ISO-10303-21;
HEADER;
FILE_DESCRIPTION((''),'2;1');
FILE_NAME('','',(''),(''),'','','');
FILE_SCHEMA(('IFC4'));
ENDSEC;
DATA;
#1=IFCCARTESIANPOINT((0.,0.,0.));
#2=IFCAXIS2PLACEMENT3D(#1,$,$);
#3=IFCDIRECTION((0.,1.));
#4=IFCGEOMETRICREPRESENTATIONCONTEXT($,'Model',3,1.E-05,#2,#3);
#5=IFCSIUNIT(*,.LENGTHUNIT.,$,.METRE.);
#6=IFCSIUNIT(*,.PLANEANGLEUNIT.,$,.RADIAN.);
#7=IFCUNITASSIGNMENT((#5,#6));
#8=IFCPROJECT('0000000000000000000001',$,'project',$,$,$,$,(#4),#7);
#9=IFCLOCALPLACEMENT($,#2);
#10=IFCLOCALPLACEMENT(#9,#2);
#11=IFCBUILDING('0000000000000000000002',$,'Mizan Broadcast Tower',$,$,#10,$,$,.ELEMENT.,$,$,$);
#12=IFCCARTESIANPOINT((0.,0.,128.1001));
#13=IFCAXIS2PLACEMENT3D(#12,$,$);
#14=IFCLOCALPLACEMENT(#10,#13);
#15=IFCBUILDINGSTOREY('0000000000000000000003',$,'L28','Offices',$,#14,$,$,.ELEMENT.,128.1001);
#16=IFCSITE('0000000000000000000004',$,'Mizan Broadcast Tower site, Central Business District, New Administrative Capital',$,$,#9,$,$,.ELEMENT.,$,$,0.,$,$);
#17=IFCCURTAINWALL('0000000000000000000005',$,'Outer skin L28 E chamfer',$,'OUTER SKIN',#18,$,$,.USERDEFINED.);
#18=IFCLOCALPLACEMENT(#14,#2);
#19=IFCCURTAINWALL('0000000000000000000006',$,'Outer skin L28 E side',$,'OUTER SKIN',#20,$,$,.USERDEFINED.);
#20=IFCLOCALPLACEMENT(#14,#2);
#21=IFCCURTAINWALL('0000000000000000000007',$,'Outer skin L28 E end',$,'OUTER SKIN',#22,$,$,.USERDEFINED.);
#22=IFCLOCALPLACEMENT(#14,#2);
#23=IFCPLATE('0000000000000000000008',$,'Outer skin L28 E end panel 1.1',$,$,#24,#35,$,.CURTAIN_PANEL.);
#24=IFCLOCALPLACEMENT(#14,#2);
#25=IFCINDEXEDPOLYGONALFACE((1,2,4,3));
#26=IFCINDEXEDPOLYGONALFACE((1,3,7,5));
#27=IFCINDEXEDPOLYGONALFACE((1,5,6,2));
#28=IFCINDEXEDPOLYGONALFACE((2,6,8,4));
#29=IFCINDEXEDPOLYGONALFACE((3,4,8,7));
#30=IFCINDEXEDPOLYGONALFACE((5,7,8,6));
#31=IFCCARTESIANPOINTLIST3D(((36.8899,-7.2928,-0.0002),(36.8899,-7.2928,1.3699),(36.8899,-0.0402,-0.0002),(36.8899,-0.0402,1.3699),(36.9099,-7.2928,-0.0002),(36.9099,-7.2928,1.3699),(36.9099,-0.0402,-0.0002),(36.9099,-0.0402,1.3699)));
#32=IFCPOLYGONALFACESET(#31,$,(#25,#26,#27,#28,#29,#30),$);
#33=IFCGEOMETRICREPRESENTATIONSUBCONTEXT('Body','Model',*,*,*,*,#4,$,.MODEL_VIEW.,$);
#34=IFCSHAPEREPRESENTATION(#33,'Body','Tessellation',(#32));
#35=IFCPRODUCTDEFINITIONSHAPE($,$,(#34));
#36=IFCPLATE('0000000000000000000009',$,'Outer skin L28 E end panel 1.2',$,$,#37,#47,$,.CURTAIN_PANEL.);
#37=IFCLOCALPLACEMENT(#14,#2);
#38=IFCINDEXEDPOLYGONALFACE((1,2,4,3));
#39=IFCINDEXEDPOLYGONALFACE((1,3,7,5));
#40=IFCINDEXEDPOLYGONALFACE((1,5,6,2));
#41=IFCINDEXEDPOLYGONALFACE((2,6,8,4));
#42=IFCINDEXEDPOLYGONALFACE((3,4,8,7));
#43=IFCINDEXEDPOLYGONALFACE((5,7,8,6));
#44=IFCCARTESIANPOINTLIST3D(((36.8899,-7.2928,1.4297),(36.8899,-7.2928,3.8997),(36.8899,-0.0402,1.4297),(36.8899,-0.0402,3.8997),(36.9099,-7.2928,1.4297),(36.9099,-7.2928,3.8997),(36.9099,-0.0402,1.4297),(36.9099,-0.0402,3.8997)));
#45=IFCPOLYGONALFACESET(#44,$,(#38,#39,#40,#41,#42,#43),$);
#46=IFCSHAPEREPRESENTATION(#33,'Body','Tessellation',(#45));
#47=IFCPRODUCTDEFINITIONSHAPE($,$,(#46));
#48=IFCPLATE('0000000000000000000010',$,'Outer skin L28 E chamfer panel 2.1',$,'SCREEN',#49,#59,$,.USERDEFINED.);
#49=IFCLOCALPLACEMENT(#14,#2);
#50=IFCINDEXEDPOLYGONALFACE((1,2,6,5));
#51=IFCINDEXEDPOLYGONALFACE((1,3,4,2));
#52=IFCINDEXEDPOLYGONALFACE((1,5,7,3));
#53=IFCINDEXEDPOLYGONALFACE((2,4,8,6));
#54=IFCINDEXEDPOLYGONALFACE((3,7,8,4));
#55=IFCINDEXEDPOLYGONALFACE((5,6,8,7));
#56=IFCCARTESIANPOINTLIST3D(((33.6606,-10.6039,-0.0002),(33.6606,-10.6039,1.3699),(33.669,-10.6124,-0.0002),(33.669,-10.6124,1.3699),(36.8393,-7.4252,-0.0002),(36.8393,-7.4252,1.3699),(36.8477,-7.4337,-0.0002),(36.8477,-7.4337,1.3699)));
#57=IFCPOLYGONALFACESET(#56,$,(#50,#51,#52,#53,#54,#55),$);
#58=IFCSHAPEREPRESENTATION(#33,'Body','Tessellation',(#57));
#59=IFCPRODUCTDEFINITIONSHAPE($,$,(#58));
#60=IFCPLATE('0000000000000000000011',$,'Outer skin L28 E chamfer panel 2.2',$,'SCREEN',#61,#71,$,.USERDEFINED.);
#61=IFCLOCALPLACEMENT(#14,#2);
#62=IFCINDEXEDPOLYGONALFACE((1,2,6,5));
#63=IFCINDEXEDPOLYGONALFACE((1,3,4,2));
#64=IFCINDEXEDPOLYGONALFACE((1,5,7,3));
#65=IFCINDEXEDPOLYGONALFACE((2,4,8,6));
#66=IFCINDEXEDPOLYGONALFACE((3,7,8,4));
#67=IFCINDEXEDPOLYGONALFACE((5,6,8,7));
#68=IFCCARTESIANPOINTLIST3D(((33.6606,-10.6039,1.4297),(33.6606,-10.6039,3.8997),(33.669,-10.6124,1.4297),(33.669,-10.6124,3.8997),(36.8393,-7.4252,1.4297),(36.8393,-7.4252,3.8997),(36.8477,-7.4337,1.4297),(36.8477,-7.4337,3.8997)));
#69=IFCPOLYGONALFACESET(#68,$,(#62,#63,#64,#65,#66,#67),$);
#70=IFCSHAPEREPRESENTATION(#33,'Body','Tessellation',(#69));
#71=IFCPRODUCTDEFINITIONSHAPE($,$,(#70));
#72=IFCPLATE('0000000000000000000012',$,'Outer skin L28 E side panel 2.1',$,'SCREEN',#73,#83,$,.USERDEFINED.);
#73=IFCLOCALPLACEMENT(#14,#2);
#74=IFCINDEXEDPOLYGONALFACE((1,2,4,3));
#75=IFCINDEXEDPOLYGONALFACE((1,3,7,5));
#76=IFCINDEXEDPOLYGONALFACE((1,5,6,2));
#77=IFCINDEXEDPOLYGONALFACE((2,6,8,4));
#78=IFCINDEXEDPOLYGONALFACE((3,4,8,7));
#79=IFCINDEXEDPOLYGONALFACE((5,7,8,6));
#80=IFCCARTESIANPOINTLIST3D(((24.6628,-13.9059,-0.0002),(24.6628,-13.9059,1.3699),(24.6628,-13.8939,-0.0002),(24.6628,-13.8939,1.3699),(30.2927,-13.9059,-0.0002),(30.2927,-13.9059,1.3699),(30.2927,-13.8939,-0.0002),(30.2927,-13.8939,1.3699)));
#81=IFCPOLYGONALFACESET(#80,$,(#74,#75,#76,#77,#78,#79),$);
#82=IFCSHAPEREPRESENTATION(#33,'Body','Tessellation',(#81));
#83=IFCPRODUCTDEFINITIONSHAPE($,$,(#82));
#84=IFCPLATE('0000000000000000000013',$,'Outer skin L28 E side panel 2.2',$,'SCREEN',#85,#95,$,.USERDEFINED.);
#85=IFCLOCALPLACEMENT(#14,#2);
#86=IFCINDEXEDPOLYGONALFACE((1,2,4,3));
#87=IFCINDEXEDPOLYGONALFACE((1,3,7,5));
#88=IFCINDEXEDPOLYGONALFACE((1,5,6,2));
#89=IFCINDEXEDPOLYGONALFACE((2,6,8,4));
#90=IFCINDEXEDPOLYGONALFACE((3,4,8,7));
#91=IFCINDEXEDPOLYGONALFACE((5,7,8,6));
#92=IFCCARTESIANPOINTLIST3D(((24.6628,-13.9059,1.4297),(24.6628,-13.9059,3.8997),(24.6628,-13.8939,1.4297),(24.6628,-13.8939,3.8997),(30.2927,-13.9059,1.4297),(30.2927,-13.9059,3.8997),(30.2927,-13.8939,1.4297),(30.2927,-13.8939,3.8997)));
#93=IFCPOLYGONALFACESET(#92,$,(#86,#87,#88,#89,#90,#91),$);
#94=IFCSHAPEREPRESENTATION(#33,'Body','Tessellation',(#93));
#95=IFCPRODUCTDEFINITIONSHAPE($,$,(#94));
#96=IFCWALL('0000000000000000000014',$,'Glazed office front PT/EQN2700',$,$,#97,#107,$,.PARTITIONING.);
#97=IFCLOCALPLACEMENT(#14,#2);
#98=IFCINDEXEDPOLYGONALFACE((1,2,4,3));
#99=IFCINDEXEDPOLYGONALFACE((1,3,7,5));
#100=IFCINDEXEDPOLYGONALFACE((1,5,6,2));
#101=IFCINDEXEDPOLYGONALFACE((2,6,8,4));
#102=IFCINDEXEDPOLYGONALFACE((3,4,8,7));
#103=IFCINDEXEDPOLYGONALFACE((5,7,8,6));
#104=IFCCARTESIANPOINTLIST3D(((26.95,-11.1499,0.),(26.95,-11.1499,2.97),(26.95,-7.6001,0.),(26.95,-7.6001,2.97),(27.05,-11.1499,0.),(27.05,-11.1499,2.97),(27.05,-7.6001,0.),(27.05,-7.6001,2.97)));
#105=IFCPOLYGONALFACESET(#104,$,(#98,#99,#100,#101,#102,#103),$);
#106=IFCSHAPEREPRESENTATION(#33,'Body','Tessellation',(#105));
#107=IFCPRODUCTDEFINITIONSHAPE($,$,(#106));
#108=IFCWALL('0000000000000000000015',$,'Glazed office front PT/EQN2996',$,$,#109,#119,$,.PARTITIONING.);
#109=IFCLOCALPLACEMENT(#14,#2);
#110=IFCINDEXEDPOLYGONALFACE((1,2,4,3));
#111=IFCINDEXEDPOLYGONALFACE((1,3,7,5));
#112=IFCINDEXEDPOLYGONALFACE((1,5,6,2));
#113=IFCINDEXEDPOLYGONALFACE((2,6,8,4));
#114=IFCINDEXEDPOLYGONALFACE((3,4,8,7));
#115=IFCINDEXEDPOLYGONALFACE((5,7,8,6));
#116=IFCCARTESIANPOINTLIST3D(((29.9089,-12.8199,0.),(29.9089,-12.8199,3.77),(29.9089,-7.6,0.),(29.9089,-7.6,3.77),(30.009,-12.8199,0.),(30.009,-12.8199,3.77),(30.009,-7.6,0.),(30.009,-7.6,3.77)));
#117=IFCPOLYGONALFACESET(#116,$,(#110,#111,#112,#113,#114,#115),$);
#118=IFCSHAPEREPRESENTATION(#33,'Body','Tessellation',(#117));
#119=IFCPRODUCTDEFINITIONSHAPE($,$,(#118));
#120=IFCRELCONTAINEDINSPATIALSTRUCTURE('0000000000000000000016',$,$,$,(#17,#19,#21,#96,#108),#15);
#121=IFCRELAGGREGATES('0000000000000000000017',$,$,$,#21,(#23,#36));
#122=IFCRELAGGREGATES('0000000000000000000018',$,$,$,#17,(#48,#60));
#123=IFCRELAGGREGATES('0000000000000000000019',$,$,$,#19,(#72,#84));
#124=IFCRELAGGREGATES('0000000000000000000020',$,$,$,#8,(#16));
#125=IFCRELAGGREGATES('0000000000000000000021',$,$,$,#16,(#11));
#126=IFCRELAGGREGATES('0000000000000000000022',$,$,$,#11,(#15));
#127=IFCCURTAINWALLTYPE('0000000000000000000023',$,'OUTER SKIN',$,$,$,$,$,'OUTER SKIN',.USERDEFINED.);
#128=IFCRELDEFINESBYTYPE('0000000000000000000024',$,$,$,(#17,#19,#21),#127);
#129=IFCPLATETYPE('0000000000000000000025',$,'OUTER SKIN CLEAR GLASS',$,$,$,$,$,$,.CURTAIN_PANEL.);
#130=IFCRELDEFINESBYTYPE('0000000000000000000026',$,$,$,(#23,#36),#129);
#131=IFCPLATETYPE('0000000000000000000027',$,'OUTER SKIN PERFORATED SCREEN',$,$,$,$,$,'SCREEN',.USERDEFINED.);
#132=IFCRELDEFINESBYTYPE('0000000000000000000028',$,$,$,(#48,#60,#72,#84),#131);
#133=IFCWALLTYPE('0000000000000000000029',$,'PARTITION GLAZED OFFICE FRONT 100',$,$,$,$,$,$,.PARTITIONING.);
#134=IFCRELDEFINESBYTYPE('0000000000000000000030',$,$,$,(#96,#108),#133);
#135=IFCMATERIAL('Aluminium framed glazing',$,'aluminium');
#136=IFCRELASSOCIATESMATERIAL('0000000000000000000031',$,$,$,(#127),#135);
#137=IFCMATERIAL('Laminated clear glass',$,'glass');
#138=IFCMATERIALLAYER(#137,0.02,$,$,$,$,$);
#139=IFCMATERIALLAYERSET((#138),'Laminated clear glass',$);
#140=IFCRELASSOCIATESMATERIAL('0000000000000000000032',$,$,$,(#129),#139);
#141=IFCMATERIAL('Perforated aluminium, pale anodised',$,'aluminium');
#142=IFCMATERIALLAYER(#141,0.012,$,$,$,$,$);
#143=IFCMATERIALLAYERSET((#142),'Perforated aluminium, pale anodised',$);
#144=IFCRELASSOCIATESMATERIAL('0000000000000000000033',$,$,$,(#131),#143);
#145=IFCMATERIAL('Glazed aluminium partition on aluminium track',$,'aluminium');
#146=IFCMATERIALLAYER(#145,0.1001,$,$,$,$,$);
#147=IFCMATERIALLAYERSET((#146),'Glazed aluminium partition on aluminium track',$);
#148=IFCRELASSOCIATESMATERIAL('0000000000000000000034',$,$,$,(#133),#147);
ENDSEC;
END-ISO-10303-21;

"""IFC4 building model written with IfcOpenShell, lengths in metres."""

from ifc_helpers import new_model, si_unit, direction, frame, frame_2d, origin, origin_2d, place, context, subcontext, project, spatial, rectangle, extrude, material, layer, layer_set, type_object, element, aggregate, save


model = new_model("IFC4")

# Units and contexts
model_context = context("Model", 3, precision=1e-05, world=origin(), true_north=direction((0.0, 1.0)))
body_context = subcontext(model_context, "Body", "Model", "MODEL_VIEW")
ifc_project = project(units=[si_unit("LENGTHUNIT", "METRE"), si_unit("PLANEANGLEUNIT", "RADIAN")], contexts=[model_context])

# Site, building, storey
site_placement = place(None, origin())
site = spatial("IfcSite", under=ifc_project, at=site_placement, Name="Mizan Broadcast Tower site, Central Business District, New Administrative Capital", CompositionType="ELEMENT", RefElevation=0.0)
building_placement = place(site_placement, origin())
building = spatial("IfcBuilding", under=site, at=building_placement, Name="Mizan Broadcast Tower", CompositionType="ELEMENT")
storey_placement = place(building_placement, frame((0.0, 0.0, 128.1001)))
storey = spatial("IfcBuildingStorey", under=building, at=storey_placement, Name="L28", Description="Offices", CompositionType="ELEMENT", Elevation=128.1001)

# Curtain wall
ifc_material_1 = material(Name="Aluminium framed glazing", Category="aluminium")
curtain_wall_type_1 = type_object("IfcCurtainWallType", Name="OUTER SKIN", ElementType="OUTER SKIN", PredefinedType="USERDEFINED", material=ifc_material_1)
curtain_wall_1_placement = place(storey_placement, origin())
curtain_wall_1 = element("IfcCurtainWall", 1, at=curtain_wall_1_placement, inside=storey, type_object=curtain_wall_type_1, Name="Outer skin L28 E chamfer", ObjectType="OUTER SKIN", PredefinedType="USERDEFINED")

# Curtain wall
curtain_wall_2_placement = place(storey_placement, origin())
curtain_wall_2 = element("IfcCurtainWall", 2, at=curtain_wall_2_placement, inside=storey, type_object=curtain_wall_type_1, Name="Outer skin L28 E side", ObjectType="OUTER SKIN", PredefinedType="USERDEFINED")

# Curtain wall
curtain_wall_3_placement = place(storey_placement, origin())
curtain_wall_3 = element("IfcCurtainWall", 3, at=curtain_wall_3_placement, inside=storey, type_object=curtain_wall_type_1, Name="Outer skin L28 E end", ObjectType="OUTER SKIN", PredefinedType="USERDEFINED")

# Plates
ifc_material_2 = material(Name="Laminated clear glass", Category="glass")
ifc_layer_1 = layer(ifc_material_2, 0.02)
ifc_layer_set_1 = layer_set([ifc_layer_1], Name="Laminated clear glass")
plate_type_1 = type_object("IfcPlateType", Name="OUTER SKIN CLEAR GLASS", PredefinedType="CURTAIN_PANEL", material=ifc_layer_set_1)
plate_1_placement = place(storey_placement, frame((36.8999, -3.6665, -0.0002), z_axis=(0.0, 0.0, 1.0), x_axis=(0.0, 1.0, 0.0)))
plate_1 = element("IfcPlate", 4, at=plate_1_placement, type_object=plate_type_1, Name="Outer skin L28 E end panel 1.1", PredefinedType="CURTAIN_PANEL", context=body_context, shape_type="SweptSolid", body=[
    extrude(rectangle(XDim=7.2527, YDim=0.02, at=origin_2d()), origin(), (0.0, 0.0, 1.0), 1.3701),
])
plate_2_placement = place(storey_placement, frame((36.8999, -3.6665, 1.4297), z_axis=(0.0, 0.0, 1.0), x_axis=(0.0, 1.0, 0.0)))
plate_2 = element("IfcPlate", 5, at=plate_2_placement, type_object=plate_type_1, Name="Outer skin L28 E end panel 1.2", PredefinedType="CURTAIN_PANEL", context=body_context, shape_type="SweptSolid", body=[
    extrude(rectangle(XDim=7.2527, YDim=0.02, at=origin_2d()), origin(), (0.0, 0.0, 1.0), 2.47),
])
aggregate(curtain_wall_3, [plate_1, plate_2])
ifc_material_3 = material(Name="Perforated aluminium, pale anodised", Category="aluminium")
ifc_layer_2 = layer(ifc_material_3, 0.012)
ifc_layer_set_2 = layer_set([ifc_layer_2], Name="Perforated aluminium, pale anodised")
plate_type_2 = type_object("IfcPlateType", Name="OUTER SKIN PERFORATED SCREEN", ElementType="SCREEN", PredefinedType="USERDEFINED", material=ifc_layer_set_2)
plate_3_placement = place(storey_placement, frame((35.2542, -9.0188, -0.0002), z_axis=(0.0, 0.0, 1.0), x_axis=(0.707107, 0.707107, 0.0)))
plate_3 = element("IfcPlate", 6, at=plate_3_placement, type_object=plate_type_2, Name="Outer skin L28 E chamfer panel 2.1", ObjectType="SCREEN", PredefinedType="USERDEFINED", context=body_context, shape_type="SweptSolid", body=[
    extrude(rectangle(XDim=4.4954, YDim=0.012, at=origin_2d()), origin(), (0.0, 0.0, 1.0), 1.3701),
])
plate_4_placement = place(storey_placement, frame((35.2542, -9.0188, 1.4297), z_axis=(0.0, 0.0, 1.0), x_axis=(0.707107, 0.707107, 0.0)))
plate_4 = element("IfcPlate", 7, at=plate_4_placement, type_object=plate_type_2, Name="Outer skin L28 E chamfer panel 2.2", ObjectType="SCREEN", PredefinedType="USERDEFINED", context=body_context, shape_type="SweptSolid", body=[
    extrude(rectangle(XDim=4.4954, YDim=0.012, at=origin_2d()), origin(), (0.0, 0.0, 1.0), 2.47),
])
aggregate(curtain_wall_1, [plate_3, plate_4])
plate_5_placement = place(storey_placement, frame((27.4778, -13.8999, -0.0002), z_axis=(0.0, 0.0, 1.0), x_axis=(1.0, 0.0, 0.0)))
plate_5 = element("IfcPlate", 8, at=plate_5_placement, type_object=plate_type_2, Name="Outer skin L28 E side panel 2.1", ObjectType="SCREEN", PredefinedType="USERDEFINED", context=body_context, shape_type="SweptSolid", body=[
    extrude(rectangle(XDim=5.6299, YDim=0.012, at=origin_2d()), origin(), (0.0, 0.0, 1.0), 1.3701),
])
plate_6_placement = place(storey_placement, frame((27.4778, -13.8999, 1.4297), z_axis=(0.0, 0.0, 1.0), x_axis=(1.0, 0.0, 0.0)))
plate_6 = element("IfcPlate", 9, at=plate_6_placement, type_object=plate_type_2, Name="Outer skin L28 E side panel 2.2", ObjectType="SCREEN", PredefinedType="USERDEFINED", context=body_context, shape_type="SweptSolid", body=[
    extrude(rectangle(XDim=5.6299, YDim=0.012, at=origin_2d()), origin(), (0.0, 0.0, 1.0), 2.47),
])
aggregate(curtain_wall_2, [plate_5, plate_6])

# Walls
ifc_material_4 = material(Name="Glazed aluminium partition on aluminium track", Category="aluminium")
ifc_layer_3 = layer(ifc_material_4, 0.1001)
ifc_layer_set_3 = layer_set([ifc_layer_3], Name="Glazed aluminium partition on aluminium track")
wall_type = type_object("IfcWallType", Name="PARTITION GLAZED OFFICE FRONT 100", PredefinedType="PARTITIONING", material=ifc_layer_set_3)
wall_1_placement = place(storey_placement, frame((27.0, -7.6001, 0.0), z_axis=(0.0, 0.0, 1.0), x_axis=(0.0, -1.0, 0.0)))
element("IfcWall", 10, at=wall_1_placement, inside=storey, type_object=wall_type, Name="Glazed office front PT/EQN2700", PredefinedType="PARTITIONING", context=body_context, shape_type="SweptSolid", body=[
    extrude(rectangle(XDim=3.5498, YDim=0.1001, at=frame_2d((1.7749, 0.0))), origin(), (0.0, 0.0, 1.0), 2.97),
])
wall_2_placement = place(storey_placement, frame((29.959, -7.6001, 0.0), z_axis=(0.0, 0.0, 1.0), x_axis=(0.0, -1.0, 0.0)))
element("IfcWall", 11, at=wall_2_placement, inside=storey, type_object=wall_type, Name="Glazed office front PT/EQN2996", PredefinedType="PARTITIONING", context=body_context, shape_type="SweptSolid", body=[
    extrude(rectangle(XDim=5.22, YDim=0.1001, at=frame_2d((2.6099, 0.0))), origin(), (0.0, 0.0, 1.0), 3.77),
])

save(model, "model.ifc")
